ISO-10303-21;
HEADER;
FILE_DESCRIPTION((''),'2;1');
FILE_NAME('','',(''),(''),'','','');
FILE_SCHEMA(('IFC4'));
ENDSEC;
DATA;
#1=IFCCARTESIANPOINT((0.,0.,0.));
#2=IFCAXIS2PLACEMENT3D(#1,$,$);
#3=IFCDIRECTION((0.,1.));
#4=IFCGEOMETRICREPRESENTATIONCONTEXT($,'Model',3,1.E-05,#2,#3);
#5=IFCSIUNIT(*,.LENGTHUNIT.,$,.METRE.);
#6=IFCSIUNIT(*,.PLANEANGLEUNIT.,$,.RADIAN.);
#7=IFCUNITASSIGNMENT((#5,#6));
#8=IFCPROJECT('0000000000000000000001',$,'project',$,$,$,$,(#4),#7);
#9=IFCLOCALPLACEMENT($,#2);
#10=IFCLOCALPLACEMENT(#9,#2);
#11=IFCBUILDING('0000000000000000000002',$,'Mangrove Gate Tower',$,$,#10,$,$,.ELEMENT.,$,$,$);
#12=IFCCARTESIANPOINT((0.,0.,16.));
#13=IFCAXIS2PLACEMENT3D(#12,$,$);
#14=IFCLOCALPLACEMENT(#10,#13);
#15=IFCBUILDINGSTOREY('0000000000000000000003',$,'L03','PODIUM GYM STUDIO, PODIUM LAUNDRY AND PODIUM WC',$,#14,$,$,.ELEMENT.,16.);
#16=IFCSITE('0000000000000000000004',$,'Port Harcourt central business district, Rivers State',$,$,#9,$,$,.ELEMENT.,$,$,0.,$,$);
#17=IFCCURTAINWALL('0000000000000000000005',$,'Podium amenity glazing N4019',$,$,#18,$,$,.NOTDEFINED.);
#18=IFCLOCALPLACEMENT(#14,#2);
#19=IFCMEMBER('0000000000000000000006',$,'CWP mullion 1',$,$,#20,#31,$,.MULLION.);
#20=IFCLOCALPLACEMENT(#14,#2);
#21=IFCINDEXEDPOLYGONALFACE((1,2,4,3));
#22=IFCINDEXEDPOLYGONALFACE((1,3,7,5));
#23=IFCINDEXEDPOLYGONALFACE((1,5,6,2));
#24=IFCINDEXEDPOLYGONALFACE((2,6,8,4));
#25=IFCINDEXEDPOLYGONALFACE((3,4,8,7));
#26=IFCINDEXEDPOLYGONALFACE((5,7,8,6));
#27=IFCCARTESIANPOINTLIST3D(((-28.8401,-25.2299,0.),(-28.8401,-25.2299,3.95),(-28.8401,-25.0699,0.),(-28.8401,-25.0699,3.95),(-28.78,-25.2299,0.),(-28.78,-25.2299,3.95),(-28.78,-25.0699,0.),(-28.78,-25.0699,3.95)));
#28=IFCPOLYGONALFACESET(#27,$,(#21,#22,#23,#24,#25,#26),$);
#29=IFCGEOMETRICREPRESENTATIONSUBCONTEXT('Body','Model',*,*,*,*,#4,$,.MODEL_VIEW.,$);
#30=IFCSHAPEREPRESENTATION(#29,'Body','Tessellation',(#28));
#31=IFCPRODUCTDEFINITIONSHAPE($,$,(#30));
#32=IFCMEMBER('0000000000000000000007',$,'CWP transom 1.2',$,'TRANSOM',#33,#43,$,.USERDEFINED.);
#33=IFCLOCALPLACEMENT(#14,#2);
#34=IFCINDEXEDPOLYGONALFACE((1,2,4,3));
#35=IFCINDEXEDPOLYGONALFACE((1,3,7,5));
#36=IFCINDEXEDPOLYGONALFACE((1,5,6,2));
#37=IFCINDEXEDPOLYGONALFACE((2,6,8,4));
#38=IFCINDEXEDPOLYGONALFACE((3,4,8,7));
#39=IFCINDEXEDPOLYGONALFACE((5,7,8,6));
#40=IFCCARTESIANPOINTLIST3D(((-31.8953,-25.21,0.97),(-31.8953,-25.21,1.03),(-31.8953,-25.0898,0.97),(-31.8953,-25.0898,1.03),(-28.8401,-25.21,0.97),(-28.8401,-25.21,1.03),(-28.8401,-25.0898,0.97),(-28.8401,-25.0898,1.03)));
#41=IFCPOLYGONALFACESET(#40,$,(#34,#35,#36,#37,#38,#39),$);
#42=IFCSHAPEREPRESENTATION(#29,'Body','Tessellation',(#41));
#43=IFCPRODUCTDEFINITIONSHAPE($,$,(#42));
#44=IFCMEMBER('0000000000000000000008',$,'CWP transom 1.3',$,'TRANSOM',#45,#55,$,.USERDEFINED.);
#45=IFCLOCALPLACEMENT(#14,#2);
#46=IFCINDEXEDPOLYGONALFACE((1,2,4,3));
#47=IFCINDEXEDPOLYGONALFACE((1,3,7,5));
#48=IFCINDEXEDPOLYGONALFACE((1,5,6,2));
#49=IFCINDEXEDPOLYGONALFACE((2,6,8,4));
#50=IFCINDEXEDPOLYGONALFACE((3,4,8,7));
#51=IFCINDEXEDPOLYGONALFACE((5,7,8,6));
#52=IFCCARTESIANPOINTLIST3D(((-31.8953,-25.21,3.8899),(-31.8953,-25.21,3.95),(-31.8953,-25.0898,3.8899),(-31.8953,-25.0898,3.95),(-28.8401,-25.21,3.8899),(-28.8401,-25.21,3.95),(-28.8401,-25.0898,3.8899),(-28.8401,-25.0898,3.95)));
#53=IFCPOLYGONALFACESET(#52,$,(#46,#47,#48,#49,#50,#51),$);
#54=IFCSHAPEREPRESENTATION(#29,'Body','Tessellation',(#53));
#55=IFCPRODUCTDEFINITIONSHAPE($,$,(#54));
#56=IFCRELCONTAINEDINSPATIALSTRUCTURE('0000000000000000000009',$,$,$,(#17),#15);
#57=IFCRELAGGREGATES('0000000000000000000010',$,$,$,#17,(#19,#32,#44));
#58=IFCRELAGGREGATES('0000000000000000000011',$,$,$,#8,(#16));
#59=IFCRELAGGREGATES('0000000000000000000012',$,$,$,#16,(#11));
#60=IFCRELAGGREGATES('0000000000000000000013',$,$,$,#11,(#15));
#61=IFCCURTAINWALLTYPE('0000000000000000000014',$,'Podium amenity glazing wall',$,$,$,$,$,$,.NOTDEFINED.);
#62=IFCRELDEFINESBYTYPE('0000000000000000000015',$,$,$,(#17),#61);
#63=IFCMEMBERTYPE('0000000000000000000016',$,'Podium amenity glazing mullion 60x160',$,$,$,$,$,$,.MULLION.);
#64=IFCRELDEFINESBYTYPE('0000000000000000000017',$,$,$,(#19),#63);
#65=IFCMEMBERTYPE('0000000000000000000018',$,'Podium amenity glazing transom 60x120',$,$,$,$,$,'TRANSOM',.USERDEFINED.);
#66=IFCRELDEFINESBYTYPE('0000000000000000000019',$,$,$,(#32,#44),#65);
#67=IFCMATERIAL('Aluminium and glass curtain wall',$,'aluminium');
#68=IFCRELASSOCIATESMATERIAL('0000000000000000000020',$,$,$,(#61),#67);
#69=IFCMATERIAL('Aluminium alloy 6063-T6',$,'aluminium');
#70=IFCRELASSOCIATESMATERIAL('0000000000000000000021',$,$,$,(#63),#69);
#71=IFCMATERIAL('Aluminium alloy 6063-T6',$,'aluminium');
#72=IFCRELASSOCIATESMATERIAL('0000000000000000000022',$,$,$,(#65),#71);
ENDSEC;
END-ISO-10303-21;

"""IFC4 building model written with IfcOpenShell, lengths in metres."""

from ifc_helpers import new_model, si_unit, direction, frame, origin, origin_2d, place, context, subcontext, project, spatial, rectangle, extrude, material, material_profile, profile_set, type_object, element, aggregate, save


model = new_model("IFC4")

# Units and contexts
model_context = context("Model", 3, precision=1e-05, world=origin(), true_north=direction((0.0, 1.0)))
body_context = subcontext(model_context, "Body", "Model", "MODEL_VIEW")
ifc_project = project(units=[si_unit("LENGTHUNIT", "METRE"), si_unit("PLANEANGLEUNIT", "RADIAN")], contexts=[model_context])

# Site, building, storey
site_placement = place(None, origin())
site = spatial("IfcSite", under=ifc_project, at=site_placement, Name="Port Harcourt central business district, Rivers State", CompositionType="ELEMENT", RefElevation=0.0)
building_placement = place(site_placement, origin())
building = spatial("IfcBuilding", under=site, at=building_placement, Name="Mangrove Gate Tower", CompositionType="ELEMENT")
storey_placement = place(building_placement, frame((0.0, 0.0, 16.0)))
storey = spatial("IfcBuildingStorey", under=building, at=storey_placement, Name="L03", Description="PODIUM GYM STUDIO, PODIUM LAUNDRY AND PODIUM WC", CompositionType="ELEMENT", Elevation=16.0)

# Curtain wall, members
ifc_material_1 = material(Name="Aluminium and glass curtain wall", Category="aluminium")
curtain_wall_type = type_object("IfcCurtainWallType", Name="Podium amenity glazing wall", PredefinedType="NOTDEFINED", material=ifc_material_1)
curtain_wall_placement = place(storey_placement, origin())
curtain_wall = element("IfcCurtainWall", 1, at=curtain_wall_placement, inside=storey, type_object=curtain_wall_type, Name="Podium amenity glazing N4019", PredefinedType="NOTDEFINED")
ifc_material_2 = material(Name="Aluminium alloy 6063-T6", Category="aluminium")
ifc_material_profile_1 = material_profile(ifc_material_2, rectangle(XDim=0.0601, YDim=0.1599, at=origin_2d()))
ifc_profile_set_1 = profile_set([ifc_material_profile_1], Name="Aluminium alloy 6063-T6")
member_type_1 = type_object("IfcMemberType", Name="Podium amenity glazing mullion 60x160", PredefinedType="MULLION", material=ifc_profile_set_1)
member_1_placement = place(storey_placement, frame((-28.8101, -25.1499, 0.0), z_axis=(0.0, 0.0, 1.0), x_axis=(-1.0, 0.0, 0.0)))
member_1 = element("IfcMember", 2, at=member_1_placement, type_object=member_type_1, Name="CWP mullion 1", PredefinedType="MULLION", context=body_context, shape_type="SweptSolid", body=[
    extrude(rectangle(XDim=0.0601, YDim=0.1599, at=origin_2d()), origin(), (0.0, 0.0, 1.0), 3.95),
])
ifc_material_3 = material(Name="Aluminium alloy 6063-T6", Category="aluminium")
ifc_material_profile_2 = material_profile(ifc_material_3, rectangle(XDim=0.0601, YDim=0.1201, at=origin_2d()))
ifc_profile_set_2 = profile_set([ifc_material_profile_2], Name="Aluminium alloy 6063-T6")
member_type_2 = type_object("IfcMemberType", Name="Podium amenity glazing transom 60x120", ElementType="TRANSOM", PredefinedType="USERDEFINED", material=ifc_profile_set_2)
member_2_placement = place(storey_placement, frame((-28.8401, -25.1499, 1.0), z_axis=(-1.0, 0.0, 0.0), x_axis=(0.0, 0.0, 1.0)))
member_2 = element("IfcMember", 3, at=member_2_placement, type_object=member_type_2, Name="CWP transom 1.2", ObjectType="TRANSOM", PredefinedType="USERDEFINED", context=body_context, shape_type="SweptSolid", body=[
    extrude(rectangle(XDim=0.0601, YDim=0.1201, at=origin_2d()), origin(), (0.0, 0.0, 1.0), 3.0552),
])
member_3_placement = place(storey_placement, frame((-28.8401, -25.1499, 3.9199), z_axis=(-1.0, 0.0, 0.0), x_axis=(0.0, 0.0, 1.0)))
member_3 = element("IfcMember", 4, at=member_3_placement, type_object=member_type_2, Name="CWP transom 1.3", ObjectType="TRANSOM", PredefinedType="USERDEFINED", context=body_context, shape_type="SweptSolid", body=[
    extrude(rectangle(XDim=0.0601, YDim=0.1201, at=origin_2d()), origin(), (0.0, 0.0, 1.0), 3.0552),
])
aggregate(curtain_wall, [member_1, member_2, member_3])

save(model, "model.ifc")
